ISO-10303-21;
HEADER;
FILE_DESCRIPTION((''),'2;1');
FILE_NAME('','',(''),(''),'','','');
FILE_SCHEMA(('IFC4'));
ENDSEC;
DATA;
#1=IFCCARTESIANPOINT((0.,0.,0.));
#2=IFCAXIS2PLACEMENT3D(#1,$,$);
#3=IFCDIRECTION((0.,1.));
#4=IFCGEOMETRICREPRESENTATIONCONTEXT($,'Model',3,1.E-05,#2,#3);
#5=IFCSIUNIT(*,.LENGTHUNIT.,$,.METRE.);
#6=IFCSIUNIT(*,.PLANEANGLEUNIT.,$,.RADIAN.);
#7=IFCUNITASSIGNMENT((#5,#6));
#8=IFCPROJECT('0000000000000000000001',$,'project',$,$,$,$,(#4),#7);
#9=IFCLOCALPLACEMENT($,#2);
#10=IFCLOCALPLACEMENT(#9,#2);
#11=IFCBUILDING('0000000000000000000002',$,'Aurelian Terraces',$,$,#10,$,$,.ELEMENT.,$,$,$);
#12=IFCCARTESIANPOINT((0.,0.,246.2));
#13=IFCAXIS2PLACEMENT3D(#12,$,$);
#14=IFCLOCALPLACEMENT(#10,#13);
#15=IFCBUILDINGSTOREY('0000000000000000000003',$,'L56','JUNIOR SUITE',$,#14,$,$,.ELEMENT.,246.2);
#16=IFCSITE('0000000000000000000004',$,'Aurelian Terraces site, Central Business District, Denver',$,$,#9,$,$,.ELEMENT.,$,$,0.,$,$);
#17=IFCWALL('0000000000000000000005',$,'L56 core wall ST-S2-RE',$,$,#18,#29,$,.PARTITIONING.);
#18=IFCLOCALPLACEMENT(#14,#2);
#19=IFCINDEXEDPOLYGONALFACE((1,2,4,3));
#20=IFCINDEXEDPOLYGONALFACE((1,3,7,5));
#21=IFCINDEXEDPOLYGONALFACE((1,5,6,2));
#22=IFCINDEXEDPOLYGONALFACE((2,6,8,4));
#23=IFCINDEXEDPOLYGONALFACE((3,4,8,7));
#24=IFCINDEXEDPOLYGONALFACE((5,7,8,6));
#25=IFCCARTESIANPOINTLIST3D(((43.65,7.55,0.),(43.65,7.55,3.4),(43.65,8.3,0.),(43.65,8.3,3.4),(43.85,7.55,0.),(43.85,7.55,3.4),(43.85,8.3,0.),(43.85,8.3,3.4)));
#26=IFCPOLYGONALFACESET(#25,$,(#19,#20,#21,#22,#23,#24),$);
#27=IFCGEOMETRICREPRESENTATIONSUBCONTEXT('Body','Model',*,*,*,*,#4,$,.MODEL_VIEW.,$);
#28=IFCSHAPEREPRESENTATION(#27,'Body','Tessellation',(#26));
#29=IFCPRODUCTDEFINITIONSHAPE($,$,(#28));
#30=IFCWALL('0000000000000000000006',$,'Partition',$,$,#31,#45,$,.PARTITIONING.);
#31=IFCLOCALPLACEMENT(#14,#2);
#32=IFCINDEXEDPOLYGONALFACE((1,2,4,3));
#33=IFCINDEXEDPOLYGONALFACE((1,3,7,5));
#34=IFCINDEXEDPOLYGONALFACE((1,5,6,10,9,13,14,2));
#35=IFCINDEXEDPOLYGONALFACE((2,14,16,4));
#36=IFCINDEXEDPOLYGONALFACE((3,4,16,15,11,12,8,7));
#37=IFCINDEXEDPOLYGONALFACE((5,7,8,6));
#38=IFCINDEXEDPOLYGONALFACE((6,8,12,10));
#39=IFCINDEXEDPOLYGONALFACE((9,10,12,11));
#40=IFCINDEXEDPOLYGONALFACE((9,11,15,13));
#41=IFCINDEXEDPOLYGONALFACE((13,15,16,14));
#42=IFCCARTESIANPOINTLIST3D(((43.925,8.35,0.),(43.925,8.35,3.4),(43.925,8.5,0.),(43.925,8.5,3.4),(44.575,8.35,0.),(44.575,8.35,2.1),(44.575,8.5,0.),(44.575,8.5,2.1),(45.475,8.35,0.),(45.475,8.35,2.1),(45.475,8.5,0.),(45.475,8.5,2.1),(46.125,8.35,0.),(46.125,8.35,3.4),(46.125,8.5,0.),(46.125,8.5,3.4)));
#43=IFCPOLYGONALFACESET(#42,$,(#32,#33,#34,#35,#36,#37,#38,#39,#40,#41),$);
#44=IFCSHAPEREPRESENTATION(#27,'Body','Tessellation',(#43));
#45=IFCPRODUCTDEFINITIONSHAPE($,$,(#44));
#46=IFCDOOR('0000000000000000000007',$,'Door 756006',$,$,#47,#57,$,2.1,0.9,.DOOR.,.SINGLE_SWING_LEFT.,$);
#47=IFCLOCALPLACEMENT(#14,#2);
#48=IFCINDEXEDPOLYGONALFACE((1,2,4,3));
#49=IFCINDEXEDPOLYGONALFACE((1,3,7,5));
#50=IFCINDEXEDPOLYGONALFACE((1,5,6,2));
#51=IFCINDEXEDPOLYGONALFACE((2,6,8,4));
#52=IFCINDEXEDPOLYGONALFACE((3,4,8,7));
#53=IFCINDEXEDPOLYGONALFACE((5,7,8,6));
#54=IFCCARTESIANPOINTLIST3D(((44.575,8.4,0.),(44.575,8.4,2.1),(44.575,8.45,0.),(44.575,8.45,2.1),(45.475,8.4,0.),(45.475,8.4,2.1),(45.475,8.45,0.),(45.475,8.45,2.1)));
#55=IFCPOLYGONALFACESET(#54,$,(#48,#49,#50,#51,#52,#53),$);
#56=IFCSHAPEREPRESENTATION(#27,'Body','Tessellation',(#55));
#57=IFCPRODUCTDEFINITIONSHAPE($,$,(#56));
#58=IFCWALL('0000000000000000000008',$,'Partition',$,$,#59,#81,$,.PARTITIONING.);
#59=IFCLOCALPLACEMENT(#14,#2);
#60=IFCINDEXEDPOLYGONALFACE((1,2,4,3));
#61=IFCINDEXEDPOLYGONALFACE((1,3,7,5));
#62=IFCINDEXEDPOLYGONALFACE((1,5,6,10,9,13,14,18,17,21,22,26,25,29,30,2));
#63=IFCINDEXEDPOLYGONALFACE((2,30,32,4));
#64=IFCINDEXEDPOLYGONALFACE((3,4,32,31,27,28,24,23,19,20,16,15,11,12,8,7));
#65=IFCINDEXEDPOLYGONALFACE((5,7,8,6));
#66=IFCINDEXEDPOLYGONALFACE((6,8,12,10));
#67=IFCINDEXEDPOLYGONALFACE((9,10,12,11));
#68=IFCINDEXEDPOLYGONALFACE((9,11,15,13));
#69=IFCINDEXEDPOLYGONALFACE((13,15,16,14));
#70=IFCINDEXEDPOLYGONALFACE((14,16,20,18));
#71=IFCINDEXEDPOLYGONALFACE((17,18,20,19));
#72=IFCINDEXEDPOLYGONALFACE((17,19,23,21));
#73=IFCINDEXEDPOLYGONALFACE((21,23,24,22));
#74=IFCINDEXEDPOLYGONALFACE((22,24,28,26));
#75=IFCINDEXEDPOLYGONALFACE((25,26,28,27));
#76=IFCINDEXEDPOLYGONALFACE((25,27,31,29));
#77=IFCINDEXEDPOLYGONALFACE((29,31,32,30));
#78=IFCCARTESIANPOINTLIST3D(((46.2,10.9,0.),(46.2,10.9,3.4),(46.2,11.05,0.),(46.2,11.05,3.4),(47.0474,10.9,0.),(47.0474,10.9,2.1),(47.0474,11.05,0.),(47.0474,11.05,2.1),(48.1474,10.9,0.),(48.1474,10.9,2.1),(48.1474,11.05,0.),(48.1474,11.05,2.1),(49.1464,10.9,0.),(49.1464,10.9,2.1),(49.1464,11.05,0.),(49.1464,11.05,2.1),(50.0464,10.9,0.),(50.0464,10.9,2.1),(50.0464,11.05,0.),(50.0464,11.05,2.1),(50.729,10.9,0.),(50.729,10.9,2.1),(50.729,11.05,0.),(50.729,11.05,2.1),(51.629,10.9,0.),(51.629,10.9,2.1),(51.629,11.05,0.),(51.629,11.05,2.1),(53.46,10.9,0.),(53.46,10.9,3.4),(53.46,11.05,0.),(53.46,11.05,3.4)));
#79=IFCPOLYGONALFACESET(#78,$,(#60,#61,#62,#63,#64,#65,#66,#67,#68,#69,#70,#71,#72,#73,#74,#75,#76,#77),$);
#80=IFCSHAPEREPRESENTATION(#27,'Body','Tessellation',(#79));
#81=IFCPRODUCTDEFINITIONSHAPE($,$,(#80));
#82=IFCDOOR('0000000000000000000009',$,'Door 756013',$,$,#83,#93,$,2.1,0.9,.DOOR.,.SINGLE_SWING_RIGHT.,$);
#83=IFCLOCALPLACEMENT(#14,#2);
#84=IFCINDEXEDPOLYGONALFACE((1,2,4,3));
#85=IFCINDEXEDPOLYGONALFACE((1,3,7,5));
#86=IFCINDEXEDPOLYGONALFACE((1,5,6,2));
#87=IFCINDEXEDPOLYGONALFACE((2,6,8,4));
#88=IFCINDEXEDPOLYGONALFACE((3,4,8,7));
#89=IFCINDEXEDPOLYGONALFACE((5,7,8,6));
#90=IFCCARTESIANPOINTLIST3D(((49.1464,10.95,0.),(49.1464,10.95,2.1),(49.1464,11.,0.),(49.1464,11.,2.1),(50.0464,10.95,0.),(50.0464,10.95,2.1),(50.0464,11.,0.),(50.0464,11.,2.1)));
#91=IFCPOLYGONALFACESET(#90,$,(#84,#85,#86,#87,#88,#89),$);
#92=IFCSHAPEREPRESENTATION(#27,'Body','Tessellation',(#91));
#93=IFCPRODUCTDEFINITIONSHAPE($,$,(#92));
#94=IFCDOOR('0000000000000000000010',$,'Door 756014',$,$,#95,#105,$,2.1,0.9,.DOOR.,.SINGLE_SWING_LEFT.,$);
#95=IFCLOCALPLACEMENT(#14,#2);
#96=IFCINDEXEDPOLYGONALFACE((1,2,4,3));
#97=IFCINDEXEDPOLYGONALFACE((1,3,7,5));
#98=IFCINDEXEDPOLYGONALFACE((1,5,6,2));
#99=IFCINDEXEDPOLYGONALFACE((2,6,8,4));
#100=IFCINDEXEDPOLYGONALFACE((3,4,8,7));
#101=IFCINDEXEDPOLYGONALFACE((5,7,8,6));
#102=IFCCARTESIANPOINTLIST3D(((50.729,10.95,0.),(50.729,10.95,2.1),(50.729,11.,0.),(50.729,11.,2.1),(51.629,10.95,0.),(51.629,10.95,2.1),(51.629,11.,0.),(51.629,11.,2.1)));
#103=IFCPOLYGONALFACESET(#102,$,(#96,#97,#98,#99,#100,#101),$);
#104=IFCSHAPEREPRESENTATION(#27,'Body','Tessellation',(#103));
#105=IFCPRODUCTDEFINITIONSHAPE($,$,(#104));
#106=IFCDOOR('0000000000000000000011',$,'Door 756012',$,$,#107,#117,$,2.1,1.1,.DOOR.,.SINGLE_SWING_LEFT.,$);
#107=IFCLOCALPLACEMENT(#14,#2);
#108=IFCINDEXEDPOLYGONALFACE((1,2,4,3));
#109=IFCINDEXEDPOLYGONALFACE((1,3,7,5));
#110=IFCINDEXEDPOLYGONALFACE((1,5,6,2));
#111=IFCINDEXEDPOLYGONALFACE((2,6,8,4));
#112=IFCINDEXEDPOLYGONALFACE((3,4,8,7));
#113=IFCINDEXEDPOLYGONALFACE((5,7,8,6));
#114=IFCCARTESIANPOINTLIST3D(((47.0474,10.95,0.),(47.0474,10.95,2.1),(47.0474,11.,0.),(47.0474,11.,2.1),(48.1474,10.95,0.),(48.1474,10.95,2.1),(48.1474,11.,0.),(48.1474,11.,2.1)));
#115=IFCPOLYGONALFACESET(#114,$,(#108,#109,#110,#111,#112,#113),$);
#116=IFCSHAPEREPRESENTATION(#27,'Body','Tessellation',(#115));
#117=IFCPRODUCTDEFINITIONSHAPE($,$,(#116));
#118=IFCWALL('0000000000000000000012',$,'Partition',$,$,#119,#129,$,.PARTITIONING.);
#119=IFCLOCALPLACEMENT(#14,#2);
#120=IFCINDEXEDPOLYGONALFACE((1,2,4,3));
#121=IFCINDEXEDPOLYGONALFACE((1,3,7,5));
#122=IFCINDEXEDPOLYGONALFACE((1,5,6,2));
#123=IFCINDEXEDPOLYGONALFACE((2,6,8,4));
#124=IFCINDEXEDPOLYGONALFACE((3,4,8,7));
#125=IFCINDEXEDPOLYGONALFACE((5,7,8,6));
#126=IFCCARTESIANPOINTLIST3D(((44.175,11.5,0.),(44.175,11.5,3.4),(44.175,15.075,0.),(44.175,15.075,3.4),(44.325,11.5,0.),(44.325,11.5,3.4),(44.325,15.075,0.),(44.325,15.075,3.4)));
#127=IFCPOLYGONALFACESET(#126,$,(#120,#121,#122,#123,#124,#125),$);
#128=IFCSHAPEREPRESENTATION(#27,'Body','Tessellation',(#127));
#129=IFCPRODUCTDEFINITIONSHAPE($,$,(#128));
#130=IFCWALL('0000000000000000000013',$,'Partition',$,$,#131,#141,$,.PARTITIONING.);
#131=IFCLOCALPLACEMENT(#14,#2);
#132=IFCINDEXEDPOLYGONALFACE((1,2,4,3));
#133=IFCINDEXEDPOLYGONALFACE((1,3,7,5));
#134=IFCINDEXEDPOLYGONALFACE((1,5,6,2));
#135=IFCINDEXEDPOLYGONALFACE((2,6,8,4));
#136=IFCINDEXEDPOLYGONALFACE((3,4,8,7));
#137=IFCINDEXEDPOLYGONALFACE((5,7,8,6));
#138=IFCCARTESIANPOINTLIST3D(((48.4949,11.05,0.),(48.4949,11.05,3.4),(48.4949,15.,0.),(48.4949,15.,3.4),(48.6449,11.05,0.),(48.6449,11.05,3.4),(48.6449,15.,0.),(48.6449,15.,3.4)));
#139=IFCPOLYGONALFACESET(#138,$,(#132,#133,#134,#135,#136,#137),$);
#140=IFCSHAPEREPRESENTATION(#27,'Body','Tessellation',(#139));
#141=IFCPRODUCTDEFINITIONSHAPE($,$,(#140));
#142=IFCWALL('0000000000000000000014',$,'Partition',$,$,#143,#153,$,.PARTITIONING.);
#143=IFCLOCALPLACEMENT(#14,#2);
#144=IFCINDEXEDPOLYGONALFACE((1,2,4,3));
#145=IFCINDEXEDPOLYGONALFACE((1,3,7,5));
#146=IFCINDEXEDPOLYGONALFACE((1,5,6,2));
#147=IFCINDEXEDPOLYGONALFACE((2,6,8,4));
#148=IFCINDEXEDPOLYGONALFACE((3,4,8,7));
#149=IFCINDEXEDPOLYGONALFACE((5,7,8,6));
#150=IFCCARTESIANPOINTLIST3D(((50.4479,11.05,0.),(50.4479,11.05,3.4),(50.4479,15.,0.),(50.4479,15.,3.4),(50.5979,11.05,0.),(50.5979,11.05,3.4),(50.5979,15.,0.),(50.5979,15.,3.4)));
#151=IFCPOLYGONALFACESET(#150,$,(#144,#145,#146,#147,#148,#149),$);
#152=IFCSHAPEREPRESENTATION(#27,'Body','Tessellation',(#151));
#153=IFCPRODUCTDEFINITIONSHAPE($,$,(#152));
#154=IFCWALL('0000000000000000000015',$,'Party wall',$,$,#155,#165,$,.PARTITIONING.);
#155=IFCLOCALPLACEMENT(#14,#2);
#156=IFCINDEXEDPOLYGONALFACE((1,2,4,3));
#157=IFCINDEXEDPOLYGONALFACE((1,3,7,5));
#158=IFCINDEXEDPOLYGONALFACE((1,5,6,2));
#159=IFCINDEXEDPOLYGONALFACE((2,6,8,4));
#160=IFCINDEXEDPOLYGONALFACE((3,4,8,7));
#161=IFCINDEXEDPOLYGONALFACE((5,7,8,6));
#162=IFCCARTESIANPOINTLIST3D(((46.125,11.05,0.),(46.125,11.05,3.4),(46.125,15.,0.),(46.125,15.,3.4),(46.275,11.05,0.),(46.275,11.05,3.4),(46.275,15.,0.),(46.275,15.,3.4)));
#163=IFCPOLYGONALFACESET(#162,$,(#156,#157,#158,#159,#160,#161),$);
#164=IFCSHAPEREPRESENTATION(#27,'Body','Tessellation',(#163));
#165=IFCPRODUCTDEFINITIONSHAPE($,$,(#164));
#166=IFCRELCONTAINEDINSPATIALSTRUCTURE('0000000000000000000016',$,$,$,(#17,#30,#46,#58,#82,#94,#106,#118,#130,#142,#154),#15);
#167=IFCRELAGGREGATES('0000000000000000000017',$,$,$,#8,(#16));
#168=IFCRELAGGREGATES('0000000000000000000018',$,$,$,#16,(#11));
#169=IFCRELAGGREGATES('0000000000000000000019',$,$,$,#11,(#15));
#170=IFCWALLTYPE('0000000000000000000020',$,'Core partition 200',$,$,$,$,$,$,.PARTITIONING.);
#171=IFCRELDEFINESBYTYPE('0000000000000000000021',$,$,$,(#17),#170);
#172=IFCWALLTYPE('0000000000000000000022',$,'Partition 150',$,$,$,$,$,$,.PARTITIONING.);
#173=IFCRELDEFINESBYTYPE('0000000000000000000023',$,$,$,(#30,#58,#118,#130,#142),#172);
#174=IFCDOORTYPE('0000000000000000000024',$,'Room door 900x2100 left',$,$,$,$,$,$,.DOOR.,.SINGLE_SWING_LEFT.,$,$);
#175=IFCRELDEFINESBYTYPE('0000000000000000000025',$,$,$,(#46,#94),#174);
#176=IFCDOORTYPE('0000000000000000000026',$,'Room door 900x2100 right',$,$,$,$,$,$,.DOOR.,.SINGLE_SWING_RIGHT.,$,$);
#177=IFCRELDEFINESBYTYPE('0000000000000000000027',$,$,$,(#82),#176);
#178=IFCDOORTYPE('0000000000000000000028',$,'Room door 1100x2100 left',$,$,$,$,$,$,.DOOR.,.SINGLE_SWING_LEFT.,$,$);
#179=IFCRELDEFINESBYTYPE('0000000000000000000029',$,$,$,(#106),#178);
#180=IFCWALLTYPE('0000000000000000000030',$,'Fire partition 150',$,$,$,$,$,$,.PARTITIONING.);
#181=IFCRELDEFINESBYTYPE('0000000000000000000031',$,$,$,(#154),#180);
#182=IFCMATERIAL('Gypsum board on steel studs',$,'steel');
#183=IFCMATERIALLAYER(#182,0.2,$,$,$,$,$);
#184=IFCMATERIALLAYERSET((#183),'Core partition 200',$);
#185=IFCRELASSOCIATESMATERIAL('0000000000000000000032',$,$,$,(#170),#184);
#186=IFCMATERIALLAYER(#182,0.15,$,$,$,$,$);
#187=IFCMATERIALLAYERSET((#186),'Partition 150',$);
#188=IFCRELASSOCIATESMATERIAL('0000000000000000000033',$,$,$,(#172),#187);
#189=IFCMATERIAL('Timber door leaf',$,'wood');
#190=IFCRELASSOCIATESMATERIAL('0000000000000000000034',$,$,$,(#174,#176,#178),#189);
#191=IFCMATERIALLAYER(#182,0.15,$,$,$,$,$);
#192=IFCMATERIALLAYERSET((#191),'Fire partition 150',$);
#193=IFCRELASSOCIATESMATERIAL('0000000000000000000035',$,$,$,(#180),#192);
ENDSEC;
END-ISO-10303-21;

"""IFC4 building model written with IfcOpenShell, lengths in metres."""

from ifc_helpers import new_model, si_unit, direction, frame, frame_2d, origin, place, context, subcontext, project, spatial, rectangle, extrude, source, transform, mapped, material, layer, layer_set, type_object, element, fill, save


model = new_model("IFC4")

# Units and contexts
model_context = context("Model", 3, precision=1e-05, world=origin(), true_north=direction((0.0, 1.0)))
body_context = subcontext(model_context, "Body", "Model", "MODEL_VIEW")
ifc_project = project(units=[si_unit("LENGTHUNIT", "METRE"), si_unit("PLANEANGLEUNIT", "RADIAN")], contexts=[model_context])

# Site, building, storey
site_placement = place(None, origin())
site = spatial("IfcSite", under=ifc_project, at=site_placement, Name="Aurelian Terraces site, Central Business District, Denver", CompositionType="ELEMENT", RefElevation=0.0)
building_placement = place(site_placement, origin())
building = spatial("IfcBuilding", under=site, at=building_placement, Name="Aurelian Terraces", CompositionType="ELEMENT")
storey_placement = place(building_placement, frame((0.0, 0.0, 246.2)))
storey = spatial("IfcBuildingStorey", under=building, at=storey_placement, Name="L56", Description="JUNIOR SUITE", CompositionType="ELEMENT", Elevation=246.2)

# Wall
ifc_material_1 = material(Name="Gypsum board on steel studs", Category="steel")
ifc_layer_1 = layer(ifc_material_1, 0.2)
ifc_layer_set_1 = layer_set([ifc_layer_1], Name="Core partition 200")
wall_type_1 = type_object("IfcWallType", Name="Core partition 200", PredefinedType="PARTITIONING", material=ifc_layer_set_1)
shared_shape_1 = source(origin(), body_context, "Body", "SweptSolid", [
    extrude(rectangle(XDim=0.75, YDim=0.2, at=frame_2d((0.375, 0.0))), origin(), (0.0, 0.0, 1.0), 3.4),
])
wall_1_placement = place(storey_placement, frame((43.75, 7.55, 0.0), z_axis=(0.0, 0.0, 1.0), x_axis=(0.0, 1.0, 0.0)))
element("IfcWall", 1, at=wall_1_placement, inside=storey, type_object=wall_type_1, Name="L56 core wall ST-S2-RE", PredefinedType="PARTITIONING", context=body_context, shape_type="MappedRepresentation", body=[
    mapped(shared_shape_1, transform((0.0, 0.0, 0.0), scale=1.0)),
])

# Wall, opening, door
ifc_layer_2 = layer(ifc_material_1, 0.15)
ifc_layer_set_2 = layer_set([ifc_layer_2], Name="Partition 150")
wall_type_2 = type_object("IfcWallType", Name="Partition 150", PredefinedType="PARTITIONING", material=ifc_layer_set_2)
shared_shape_2 = source(origin(), body_context, "Body", "SweptSolid", [
    extrude(rectangle(XDim=2.2, YDim=0.15, at=frame_2d((1.1, 0.0))), origin(), (0.0, 0.0, 1.0), 3.4),
])
wall_2_placement = place(storey_placement, frame((46.125, 8.425, 0.0), z_axis=(0.0, 0.0, 1.0), x_axis=(-1.0, 0.0, 0.0)))
wall_2 = element("IfcWall", 2, at=wall_2_placement, inside=storey, type_object=wall_type_2, Name="Partition", PredefinedType="PARTITIONING", context=body_context, shape_type="MappedRepresentation", body=[
    mapped(shared_shape_2, transform((0.0, 0.0, 0.0), scale=1.0)),
])
shared_shape_3 = source(origin(), body_context, "Body", "SweptSolid", [
    extrude(rectangle(XDim=0.9, YDim=2.1, at=frame_2d((0.45, 1.05))), frame((0.0, 0.085, 0.0), z_axis=(0.0, -1.0, 0.0), x_axis=(1.0, 0.0, 0.0)), (0.0, 0.0, 1.0), 0.17),
])
opening_1_placement = place(wall_2_placement, frame((0.65, 0.0, 0.0)))
opening_1 = element("IfcOpeningElement", 3, at=opening_1_placement, cuts=wall_2, PredefinedType="OPENING", context=body_context, shape_type="MappedRepresentation", body=[
    mapped(shared_shape_3, transform((0.0, 0.0, 0.0), scale=1.0)),
])
ifc_material_2 = material(Name="Timber door leaf", Category="wood")
door_type_1 = type_object("IfcDoorType", Name="Room door 900x2100 left", OperationType="SINGLE_SWING_LEFT", PredefinedType="DOOR", material=ifc_material_2)
shared_shape_4 = source(origin(), body_context, "Body", "SweptSolid", [
    extrude(rectangle(XDim=0.9, YDim=2.1, at=frame_2d((0.45, 1.05))), frame((0.0, 0.025, 0.0), z_axis=(0.0, -1.0, 0.0), x_axis=(1.0, 0.0, 0.0)), (0.0, 0.0, 1.0), 0.05),
])
door_1_placement = place(opening_1_placement, origin())
door_1 = element("IfcDoor", 4, at=door_1_placement, inside=storey, type_object=door_type_1, Name="Door 756006", OperationType="SINGLE_SWING_LEFT", OverallHeight=2.1, OverallWidth=0.9, PredefinedType="DOOR", context=body_context, shape_type="MappedRepresentation", body=[
    mapped(shared_shape_4, transform((0.0, 0.0, 0.0), scale=1.0)),
])
fill(opening_1, door_1)

# Wall, openings, doors
shared_shape_5 = source(origin(), body_context, "Body", "SweptSolid", [
    extrude(rectangle(XDim=7.26, YDim=0.15, at=frame_2d((3.63, 0.0))), origin(), (0.0, 0.0, 1.0), 3.4),
])
wall_3_placement = place(storey_placement, frame((53.46, 10.975, 0.0), z_axis=(0.0, 0.0, 1.0), x_axis=(-1.0, 0.0, 0.0)))
wall_3 = element("IfcWall", 5, at=wall_3_placement, inside=storey, type_object=wall_type_2, Name="Partition", PredefinedType="PARTITIONING", context=body_context, shape_type="MappedRepresentation", body=[
    mapped(shared_shape_5, transform((0.0, 0.0, 0.0), scale=1.0)),
])
shared_shape_6 = source(origin(), body_context, "Body", "SweptSolid", [
    extrude(rectangle(XDim=1.1, YDim=2.1, at=frame_2d((0.55, 1.05))), frame((0.0, 0.085, 0.0), z_axis=(0.0, -1.0, 0.0), x_axis=(1.0, 0.0, 0.0)), (0.0, 0.0, 1.0), 0.17),
])
opening_2_placement = place(wall_3_placement, frame((5.3126, 0.0, 0.0)))
opening_2 = element("IfcOpeningElement", 6, at=opening_2_placement, cuts=wall_3, PredefinedType="OPENING", context=body_context, shape_type="MappedRepresentation", body=[
    mapped(shared_shape_6, transform((0.0, 0.0, 0.0), scale=1.0)),
])
opening_3_placement = place(wall_3_placement, frame((3.4136, 0.0, 0.0)))
opening_3 = element("IfcOpeningElement", 7, at=opening_3_placement, cuts=wall_3, PredefinedType="OPENING", context=body_context, shape_type="MappedRepresentation", body=[
    mapped(shared_shape_3, transform((0.0, 0.0, 0.0), scale=1.0)),
])
opening_4_placement = place(wall_3_placement, frame((1.831, 0.0, 0.0)))
opening_4 = element("IfcOpeningElement", 8, at=opening_4_placement, cuts=wall_3, PredefinedType="OPENING", context=body_context, shape_type="MappedRepresentation", body=[
    mapped(shared_shape_3, transform((0.0, 0.0, 0.0), scale=1.0)),
])
door_type_2 = type_object("IfcDoorType", Name="Room door 900x2100 right", OperationType="SINGLE_SWING_RIGHT", PredefinedType="DOOR", material=ifc_material_2)
door_2_placement = place(opening_3_placement, origin())
door_2 = element("IfcDoor", 9, at=door_2_placement, inside=storey, type_object=door_type_2, Name="Door 756013", OperationType="SINGLE_SWING_RIGHT", OverallHeight=2.1, OverallWidth=0.9, PredefinedType="DOOR", context=body_context, shape_type="MappedRepresentation", body=[
    mapped(shared_shape_4, transform((0.0, 0.0, 0.0), scale=1.0)),
])
fill(opening_3, door_2)
door_3_placement = place(opening_4_placement, origin())
door_3 = element("IfcDoor", 10, at=door_3_placement, inside=storey, type_object=door_type_1, Name="Door 756014", OperationType="SINGLE_SWING_LEFT", OverallHeight=2.1, OverallWidth=0.9, PredefinedType="DOOR", context=body_context, shape_type="MappedRepresentation", body=[
    mapped(shared_shape_4, transform((0.0, 0.0, 0.0), scale=1.0)),
])
fill(opening_4, door_3)
door_type_3 = type_object("IfcDoorType", Name="Room door 1100x2100 left", OperationType="SINGLE_SWING_LEFT", PredefinedType="DOOR", material=ifc_material_2)
shared_shape_7 = source(origin(), body_context, "Body", "SweptSolid", [
    extrude(rectangle(XDim=1.1, YDim=2.1, at=frame_2d((0.55, 1.05))), frame((0.0, 0.025, 0.0), z_axis=(0.0, -1.0, 0.0), x_axis=(1.0, 0.0, 0.0)), (0.0, 0.0, 1.0), 0.05),
])
door_4_placement = place(opening_2_placement, origin())
door_4 = element("IfcDoor", 11, at=door_4_placement, inside=storey, type_object=door_type_3, Name="Door 756012", OperationType="SINGLE_SWING_LEFT", OverallHeight=2.1, OverallWidth=1.1, PredefinedType="DOOR", context=body_context, shape_type="MappedRepresentation", body=[
    mapped(shared_shape_7, transform((0.0, 0.0, 0.0), scale=1.0)),
])
fill(opening_2, door_4)

# Walls
shared_shape_8 = source(origin(), body_context, "Body", "SweptSolid", [
    extrude(rectangle(XDim=3.575, YDim=0.15, at=frame_2d((1.7875, 0.0))), origin(), (0.0, 0.0, 1.0), 3.4),
])
wall_4_placement = place(storey_placement, frame((44.25, 11.5, 0.0), z_axis=(0.0, 0.0, 1.0), x_axis=(0.0, 1.0, 0.0)))
element("IfcWall", 12, at=wall_4_placement, inside=storey, type_object=wall_type_2, Name="Partition", PredefinedType="PARTITIONING", context=body_context, shape_type="MappedRepresentation", body=[
    mapped(shared_shape_8, transform((0.0, 0.0, 0.0), scale=1.0)),
])
shared_shape_9 = source(origin(), body_context, "Body", "SweptSolid", [
    extrude(rectangle(XDim=3.95, YDim=0.15, at=frame_2d((1.975, 0.0))), origin(), (0.0, 0.0, 1.0), 3.4),
])
for number, where, z_axis, x_axis, name in (
    (13, (48.5699, 11.05, 0.0), (0.0, 0.0, 1.0), (0.0, 1.0, 0.0), "Partition"),
    (14, (50.5229, 11.05, 0.0), (0.0, 0.0, 1.0), (0.0, 1.0, 0.0), "Partition"),
):
    element("IfcWall", number, at=place(storey_placement, frame(where, z_axis=z_axis, x_axis=x_axis)), inside=storey, type_object=wall_type_2, Name=name, PredefinedType="PARTITIONING", context=body_context, shape_type="MappedRepresentation", body=[
        mapped(shared_shape_9, transform((0.0, 0.0, 0.0), scale=1.0)),
    ])
ifc_layer_3 = layer(ifc_material_1, 0.15)
ifc_layer_set_3 = layer_set([ifc_layer_3], Name="Fire partition 150")
wall_type_3 = type_object("IfcWallType", Name="Fire partition 150", PredefinedType="PARTITIONING", material=ifc_layer_set_3)
wall_5_placement = place(storey_placement, frame((46.2, 11.05, 0.0), z_axis=(0.0, 0.0, 1.0), x_axis=(0.0, 1.0, 0.0)))
element("IfcWall", 15, at=wall_5_placement, inside=storey, type_object=wall_type_3, Name="Party wall", PredefinedType="PARTITIONING", context=body_context, shape_type="MappedRepresentation", body=[
    mapped(shared_shape_9, transform((0.0, 0.0, 0.0), scale=1.0)),
])

save(model, "model.ifc")
